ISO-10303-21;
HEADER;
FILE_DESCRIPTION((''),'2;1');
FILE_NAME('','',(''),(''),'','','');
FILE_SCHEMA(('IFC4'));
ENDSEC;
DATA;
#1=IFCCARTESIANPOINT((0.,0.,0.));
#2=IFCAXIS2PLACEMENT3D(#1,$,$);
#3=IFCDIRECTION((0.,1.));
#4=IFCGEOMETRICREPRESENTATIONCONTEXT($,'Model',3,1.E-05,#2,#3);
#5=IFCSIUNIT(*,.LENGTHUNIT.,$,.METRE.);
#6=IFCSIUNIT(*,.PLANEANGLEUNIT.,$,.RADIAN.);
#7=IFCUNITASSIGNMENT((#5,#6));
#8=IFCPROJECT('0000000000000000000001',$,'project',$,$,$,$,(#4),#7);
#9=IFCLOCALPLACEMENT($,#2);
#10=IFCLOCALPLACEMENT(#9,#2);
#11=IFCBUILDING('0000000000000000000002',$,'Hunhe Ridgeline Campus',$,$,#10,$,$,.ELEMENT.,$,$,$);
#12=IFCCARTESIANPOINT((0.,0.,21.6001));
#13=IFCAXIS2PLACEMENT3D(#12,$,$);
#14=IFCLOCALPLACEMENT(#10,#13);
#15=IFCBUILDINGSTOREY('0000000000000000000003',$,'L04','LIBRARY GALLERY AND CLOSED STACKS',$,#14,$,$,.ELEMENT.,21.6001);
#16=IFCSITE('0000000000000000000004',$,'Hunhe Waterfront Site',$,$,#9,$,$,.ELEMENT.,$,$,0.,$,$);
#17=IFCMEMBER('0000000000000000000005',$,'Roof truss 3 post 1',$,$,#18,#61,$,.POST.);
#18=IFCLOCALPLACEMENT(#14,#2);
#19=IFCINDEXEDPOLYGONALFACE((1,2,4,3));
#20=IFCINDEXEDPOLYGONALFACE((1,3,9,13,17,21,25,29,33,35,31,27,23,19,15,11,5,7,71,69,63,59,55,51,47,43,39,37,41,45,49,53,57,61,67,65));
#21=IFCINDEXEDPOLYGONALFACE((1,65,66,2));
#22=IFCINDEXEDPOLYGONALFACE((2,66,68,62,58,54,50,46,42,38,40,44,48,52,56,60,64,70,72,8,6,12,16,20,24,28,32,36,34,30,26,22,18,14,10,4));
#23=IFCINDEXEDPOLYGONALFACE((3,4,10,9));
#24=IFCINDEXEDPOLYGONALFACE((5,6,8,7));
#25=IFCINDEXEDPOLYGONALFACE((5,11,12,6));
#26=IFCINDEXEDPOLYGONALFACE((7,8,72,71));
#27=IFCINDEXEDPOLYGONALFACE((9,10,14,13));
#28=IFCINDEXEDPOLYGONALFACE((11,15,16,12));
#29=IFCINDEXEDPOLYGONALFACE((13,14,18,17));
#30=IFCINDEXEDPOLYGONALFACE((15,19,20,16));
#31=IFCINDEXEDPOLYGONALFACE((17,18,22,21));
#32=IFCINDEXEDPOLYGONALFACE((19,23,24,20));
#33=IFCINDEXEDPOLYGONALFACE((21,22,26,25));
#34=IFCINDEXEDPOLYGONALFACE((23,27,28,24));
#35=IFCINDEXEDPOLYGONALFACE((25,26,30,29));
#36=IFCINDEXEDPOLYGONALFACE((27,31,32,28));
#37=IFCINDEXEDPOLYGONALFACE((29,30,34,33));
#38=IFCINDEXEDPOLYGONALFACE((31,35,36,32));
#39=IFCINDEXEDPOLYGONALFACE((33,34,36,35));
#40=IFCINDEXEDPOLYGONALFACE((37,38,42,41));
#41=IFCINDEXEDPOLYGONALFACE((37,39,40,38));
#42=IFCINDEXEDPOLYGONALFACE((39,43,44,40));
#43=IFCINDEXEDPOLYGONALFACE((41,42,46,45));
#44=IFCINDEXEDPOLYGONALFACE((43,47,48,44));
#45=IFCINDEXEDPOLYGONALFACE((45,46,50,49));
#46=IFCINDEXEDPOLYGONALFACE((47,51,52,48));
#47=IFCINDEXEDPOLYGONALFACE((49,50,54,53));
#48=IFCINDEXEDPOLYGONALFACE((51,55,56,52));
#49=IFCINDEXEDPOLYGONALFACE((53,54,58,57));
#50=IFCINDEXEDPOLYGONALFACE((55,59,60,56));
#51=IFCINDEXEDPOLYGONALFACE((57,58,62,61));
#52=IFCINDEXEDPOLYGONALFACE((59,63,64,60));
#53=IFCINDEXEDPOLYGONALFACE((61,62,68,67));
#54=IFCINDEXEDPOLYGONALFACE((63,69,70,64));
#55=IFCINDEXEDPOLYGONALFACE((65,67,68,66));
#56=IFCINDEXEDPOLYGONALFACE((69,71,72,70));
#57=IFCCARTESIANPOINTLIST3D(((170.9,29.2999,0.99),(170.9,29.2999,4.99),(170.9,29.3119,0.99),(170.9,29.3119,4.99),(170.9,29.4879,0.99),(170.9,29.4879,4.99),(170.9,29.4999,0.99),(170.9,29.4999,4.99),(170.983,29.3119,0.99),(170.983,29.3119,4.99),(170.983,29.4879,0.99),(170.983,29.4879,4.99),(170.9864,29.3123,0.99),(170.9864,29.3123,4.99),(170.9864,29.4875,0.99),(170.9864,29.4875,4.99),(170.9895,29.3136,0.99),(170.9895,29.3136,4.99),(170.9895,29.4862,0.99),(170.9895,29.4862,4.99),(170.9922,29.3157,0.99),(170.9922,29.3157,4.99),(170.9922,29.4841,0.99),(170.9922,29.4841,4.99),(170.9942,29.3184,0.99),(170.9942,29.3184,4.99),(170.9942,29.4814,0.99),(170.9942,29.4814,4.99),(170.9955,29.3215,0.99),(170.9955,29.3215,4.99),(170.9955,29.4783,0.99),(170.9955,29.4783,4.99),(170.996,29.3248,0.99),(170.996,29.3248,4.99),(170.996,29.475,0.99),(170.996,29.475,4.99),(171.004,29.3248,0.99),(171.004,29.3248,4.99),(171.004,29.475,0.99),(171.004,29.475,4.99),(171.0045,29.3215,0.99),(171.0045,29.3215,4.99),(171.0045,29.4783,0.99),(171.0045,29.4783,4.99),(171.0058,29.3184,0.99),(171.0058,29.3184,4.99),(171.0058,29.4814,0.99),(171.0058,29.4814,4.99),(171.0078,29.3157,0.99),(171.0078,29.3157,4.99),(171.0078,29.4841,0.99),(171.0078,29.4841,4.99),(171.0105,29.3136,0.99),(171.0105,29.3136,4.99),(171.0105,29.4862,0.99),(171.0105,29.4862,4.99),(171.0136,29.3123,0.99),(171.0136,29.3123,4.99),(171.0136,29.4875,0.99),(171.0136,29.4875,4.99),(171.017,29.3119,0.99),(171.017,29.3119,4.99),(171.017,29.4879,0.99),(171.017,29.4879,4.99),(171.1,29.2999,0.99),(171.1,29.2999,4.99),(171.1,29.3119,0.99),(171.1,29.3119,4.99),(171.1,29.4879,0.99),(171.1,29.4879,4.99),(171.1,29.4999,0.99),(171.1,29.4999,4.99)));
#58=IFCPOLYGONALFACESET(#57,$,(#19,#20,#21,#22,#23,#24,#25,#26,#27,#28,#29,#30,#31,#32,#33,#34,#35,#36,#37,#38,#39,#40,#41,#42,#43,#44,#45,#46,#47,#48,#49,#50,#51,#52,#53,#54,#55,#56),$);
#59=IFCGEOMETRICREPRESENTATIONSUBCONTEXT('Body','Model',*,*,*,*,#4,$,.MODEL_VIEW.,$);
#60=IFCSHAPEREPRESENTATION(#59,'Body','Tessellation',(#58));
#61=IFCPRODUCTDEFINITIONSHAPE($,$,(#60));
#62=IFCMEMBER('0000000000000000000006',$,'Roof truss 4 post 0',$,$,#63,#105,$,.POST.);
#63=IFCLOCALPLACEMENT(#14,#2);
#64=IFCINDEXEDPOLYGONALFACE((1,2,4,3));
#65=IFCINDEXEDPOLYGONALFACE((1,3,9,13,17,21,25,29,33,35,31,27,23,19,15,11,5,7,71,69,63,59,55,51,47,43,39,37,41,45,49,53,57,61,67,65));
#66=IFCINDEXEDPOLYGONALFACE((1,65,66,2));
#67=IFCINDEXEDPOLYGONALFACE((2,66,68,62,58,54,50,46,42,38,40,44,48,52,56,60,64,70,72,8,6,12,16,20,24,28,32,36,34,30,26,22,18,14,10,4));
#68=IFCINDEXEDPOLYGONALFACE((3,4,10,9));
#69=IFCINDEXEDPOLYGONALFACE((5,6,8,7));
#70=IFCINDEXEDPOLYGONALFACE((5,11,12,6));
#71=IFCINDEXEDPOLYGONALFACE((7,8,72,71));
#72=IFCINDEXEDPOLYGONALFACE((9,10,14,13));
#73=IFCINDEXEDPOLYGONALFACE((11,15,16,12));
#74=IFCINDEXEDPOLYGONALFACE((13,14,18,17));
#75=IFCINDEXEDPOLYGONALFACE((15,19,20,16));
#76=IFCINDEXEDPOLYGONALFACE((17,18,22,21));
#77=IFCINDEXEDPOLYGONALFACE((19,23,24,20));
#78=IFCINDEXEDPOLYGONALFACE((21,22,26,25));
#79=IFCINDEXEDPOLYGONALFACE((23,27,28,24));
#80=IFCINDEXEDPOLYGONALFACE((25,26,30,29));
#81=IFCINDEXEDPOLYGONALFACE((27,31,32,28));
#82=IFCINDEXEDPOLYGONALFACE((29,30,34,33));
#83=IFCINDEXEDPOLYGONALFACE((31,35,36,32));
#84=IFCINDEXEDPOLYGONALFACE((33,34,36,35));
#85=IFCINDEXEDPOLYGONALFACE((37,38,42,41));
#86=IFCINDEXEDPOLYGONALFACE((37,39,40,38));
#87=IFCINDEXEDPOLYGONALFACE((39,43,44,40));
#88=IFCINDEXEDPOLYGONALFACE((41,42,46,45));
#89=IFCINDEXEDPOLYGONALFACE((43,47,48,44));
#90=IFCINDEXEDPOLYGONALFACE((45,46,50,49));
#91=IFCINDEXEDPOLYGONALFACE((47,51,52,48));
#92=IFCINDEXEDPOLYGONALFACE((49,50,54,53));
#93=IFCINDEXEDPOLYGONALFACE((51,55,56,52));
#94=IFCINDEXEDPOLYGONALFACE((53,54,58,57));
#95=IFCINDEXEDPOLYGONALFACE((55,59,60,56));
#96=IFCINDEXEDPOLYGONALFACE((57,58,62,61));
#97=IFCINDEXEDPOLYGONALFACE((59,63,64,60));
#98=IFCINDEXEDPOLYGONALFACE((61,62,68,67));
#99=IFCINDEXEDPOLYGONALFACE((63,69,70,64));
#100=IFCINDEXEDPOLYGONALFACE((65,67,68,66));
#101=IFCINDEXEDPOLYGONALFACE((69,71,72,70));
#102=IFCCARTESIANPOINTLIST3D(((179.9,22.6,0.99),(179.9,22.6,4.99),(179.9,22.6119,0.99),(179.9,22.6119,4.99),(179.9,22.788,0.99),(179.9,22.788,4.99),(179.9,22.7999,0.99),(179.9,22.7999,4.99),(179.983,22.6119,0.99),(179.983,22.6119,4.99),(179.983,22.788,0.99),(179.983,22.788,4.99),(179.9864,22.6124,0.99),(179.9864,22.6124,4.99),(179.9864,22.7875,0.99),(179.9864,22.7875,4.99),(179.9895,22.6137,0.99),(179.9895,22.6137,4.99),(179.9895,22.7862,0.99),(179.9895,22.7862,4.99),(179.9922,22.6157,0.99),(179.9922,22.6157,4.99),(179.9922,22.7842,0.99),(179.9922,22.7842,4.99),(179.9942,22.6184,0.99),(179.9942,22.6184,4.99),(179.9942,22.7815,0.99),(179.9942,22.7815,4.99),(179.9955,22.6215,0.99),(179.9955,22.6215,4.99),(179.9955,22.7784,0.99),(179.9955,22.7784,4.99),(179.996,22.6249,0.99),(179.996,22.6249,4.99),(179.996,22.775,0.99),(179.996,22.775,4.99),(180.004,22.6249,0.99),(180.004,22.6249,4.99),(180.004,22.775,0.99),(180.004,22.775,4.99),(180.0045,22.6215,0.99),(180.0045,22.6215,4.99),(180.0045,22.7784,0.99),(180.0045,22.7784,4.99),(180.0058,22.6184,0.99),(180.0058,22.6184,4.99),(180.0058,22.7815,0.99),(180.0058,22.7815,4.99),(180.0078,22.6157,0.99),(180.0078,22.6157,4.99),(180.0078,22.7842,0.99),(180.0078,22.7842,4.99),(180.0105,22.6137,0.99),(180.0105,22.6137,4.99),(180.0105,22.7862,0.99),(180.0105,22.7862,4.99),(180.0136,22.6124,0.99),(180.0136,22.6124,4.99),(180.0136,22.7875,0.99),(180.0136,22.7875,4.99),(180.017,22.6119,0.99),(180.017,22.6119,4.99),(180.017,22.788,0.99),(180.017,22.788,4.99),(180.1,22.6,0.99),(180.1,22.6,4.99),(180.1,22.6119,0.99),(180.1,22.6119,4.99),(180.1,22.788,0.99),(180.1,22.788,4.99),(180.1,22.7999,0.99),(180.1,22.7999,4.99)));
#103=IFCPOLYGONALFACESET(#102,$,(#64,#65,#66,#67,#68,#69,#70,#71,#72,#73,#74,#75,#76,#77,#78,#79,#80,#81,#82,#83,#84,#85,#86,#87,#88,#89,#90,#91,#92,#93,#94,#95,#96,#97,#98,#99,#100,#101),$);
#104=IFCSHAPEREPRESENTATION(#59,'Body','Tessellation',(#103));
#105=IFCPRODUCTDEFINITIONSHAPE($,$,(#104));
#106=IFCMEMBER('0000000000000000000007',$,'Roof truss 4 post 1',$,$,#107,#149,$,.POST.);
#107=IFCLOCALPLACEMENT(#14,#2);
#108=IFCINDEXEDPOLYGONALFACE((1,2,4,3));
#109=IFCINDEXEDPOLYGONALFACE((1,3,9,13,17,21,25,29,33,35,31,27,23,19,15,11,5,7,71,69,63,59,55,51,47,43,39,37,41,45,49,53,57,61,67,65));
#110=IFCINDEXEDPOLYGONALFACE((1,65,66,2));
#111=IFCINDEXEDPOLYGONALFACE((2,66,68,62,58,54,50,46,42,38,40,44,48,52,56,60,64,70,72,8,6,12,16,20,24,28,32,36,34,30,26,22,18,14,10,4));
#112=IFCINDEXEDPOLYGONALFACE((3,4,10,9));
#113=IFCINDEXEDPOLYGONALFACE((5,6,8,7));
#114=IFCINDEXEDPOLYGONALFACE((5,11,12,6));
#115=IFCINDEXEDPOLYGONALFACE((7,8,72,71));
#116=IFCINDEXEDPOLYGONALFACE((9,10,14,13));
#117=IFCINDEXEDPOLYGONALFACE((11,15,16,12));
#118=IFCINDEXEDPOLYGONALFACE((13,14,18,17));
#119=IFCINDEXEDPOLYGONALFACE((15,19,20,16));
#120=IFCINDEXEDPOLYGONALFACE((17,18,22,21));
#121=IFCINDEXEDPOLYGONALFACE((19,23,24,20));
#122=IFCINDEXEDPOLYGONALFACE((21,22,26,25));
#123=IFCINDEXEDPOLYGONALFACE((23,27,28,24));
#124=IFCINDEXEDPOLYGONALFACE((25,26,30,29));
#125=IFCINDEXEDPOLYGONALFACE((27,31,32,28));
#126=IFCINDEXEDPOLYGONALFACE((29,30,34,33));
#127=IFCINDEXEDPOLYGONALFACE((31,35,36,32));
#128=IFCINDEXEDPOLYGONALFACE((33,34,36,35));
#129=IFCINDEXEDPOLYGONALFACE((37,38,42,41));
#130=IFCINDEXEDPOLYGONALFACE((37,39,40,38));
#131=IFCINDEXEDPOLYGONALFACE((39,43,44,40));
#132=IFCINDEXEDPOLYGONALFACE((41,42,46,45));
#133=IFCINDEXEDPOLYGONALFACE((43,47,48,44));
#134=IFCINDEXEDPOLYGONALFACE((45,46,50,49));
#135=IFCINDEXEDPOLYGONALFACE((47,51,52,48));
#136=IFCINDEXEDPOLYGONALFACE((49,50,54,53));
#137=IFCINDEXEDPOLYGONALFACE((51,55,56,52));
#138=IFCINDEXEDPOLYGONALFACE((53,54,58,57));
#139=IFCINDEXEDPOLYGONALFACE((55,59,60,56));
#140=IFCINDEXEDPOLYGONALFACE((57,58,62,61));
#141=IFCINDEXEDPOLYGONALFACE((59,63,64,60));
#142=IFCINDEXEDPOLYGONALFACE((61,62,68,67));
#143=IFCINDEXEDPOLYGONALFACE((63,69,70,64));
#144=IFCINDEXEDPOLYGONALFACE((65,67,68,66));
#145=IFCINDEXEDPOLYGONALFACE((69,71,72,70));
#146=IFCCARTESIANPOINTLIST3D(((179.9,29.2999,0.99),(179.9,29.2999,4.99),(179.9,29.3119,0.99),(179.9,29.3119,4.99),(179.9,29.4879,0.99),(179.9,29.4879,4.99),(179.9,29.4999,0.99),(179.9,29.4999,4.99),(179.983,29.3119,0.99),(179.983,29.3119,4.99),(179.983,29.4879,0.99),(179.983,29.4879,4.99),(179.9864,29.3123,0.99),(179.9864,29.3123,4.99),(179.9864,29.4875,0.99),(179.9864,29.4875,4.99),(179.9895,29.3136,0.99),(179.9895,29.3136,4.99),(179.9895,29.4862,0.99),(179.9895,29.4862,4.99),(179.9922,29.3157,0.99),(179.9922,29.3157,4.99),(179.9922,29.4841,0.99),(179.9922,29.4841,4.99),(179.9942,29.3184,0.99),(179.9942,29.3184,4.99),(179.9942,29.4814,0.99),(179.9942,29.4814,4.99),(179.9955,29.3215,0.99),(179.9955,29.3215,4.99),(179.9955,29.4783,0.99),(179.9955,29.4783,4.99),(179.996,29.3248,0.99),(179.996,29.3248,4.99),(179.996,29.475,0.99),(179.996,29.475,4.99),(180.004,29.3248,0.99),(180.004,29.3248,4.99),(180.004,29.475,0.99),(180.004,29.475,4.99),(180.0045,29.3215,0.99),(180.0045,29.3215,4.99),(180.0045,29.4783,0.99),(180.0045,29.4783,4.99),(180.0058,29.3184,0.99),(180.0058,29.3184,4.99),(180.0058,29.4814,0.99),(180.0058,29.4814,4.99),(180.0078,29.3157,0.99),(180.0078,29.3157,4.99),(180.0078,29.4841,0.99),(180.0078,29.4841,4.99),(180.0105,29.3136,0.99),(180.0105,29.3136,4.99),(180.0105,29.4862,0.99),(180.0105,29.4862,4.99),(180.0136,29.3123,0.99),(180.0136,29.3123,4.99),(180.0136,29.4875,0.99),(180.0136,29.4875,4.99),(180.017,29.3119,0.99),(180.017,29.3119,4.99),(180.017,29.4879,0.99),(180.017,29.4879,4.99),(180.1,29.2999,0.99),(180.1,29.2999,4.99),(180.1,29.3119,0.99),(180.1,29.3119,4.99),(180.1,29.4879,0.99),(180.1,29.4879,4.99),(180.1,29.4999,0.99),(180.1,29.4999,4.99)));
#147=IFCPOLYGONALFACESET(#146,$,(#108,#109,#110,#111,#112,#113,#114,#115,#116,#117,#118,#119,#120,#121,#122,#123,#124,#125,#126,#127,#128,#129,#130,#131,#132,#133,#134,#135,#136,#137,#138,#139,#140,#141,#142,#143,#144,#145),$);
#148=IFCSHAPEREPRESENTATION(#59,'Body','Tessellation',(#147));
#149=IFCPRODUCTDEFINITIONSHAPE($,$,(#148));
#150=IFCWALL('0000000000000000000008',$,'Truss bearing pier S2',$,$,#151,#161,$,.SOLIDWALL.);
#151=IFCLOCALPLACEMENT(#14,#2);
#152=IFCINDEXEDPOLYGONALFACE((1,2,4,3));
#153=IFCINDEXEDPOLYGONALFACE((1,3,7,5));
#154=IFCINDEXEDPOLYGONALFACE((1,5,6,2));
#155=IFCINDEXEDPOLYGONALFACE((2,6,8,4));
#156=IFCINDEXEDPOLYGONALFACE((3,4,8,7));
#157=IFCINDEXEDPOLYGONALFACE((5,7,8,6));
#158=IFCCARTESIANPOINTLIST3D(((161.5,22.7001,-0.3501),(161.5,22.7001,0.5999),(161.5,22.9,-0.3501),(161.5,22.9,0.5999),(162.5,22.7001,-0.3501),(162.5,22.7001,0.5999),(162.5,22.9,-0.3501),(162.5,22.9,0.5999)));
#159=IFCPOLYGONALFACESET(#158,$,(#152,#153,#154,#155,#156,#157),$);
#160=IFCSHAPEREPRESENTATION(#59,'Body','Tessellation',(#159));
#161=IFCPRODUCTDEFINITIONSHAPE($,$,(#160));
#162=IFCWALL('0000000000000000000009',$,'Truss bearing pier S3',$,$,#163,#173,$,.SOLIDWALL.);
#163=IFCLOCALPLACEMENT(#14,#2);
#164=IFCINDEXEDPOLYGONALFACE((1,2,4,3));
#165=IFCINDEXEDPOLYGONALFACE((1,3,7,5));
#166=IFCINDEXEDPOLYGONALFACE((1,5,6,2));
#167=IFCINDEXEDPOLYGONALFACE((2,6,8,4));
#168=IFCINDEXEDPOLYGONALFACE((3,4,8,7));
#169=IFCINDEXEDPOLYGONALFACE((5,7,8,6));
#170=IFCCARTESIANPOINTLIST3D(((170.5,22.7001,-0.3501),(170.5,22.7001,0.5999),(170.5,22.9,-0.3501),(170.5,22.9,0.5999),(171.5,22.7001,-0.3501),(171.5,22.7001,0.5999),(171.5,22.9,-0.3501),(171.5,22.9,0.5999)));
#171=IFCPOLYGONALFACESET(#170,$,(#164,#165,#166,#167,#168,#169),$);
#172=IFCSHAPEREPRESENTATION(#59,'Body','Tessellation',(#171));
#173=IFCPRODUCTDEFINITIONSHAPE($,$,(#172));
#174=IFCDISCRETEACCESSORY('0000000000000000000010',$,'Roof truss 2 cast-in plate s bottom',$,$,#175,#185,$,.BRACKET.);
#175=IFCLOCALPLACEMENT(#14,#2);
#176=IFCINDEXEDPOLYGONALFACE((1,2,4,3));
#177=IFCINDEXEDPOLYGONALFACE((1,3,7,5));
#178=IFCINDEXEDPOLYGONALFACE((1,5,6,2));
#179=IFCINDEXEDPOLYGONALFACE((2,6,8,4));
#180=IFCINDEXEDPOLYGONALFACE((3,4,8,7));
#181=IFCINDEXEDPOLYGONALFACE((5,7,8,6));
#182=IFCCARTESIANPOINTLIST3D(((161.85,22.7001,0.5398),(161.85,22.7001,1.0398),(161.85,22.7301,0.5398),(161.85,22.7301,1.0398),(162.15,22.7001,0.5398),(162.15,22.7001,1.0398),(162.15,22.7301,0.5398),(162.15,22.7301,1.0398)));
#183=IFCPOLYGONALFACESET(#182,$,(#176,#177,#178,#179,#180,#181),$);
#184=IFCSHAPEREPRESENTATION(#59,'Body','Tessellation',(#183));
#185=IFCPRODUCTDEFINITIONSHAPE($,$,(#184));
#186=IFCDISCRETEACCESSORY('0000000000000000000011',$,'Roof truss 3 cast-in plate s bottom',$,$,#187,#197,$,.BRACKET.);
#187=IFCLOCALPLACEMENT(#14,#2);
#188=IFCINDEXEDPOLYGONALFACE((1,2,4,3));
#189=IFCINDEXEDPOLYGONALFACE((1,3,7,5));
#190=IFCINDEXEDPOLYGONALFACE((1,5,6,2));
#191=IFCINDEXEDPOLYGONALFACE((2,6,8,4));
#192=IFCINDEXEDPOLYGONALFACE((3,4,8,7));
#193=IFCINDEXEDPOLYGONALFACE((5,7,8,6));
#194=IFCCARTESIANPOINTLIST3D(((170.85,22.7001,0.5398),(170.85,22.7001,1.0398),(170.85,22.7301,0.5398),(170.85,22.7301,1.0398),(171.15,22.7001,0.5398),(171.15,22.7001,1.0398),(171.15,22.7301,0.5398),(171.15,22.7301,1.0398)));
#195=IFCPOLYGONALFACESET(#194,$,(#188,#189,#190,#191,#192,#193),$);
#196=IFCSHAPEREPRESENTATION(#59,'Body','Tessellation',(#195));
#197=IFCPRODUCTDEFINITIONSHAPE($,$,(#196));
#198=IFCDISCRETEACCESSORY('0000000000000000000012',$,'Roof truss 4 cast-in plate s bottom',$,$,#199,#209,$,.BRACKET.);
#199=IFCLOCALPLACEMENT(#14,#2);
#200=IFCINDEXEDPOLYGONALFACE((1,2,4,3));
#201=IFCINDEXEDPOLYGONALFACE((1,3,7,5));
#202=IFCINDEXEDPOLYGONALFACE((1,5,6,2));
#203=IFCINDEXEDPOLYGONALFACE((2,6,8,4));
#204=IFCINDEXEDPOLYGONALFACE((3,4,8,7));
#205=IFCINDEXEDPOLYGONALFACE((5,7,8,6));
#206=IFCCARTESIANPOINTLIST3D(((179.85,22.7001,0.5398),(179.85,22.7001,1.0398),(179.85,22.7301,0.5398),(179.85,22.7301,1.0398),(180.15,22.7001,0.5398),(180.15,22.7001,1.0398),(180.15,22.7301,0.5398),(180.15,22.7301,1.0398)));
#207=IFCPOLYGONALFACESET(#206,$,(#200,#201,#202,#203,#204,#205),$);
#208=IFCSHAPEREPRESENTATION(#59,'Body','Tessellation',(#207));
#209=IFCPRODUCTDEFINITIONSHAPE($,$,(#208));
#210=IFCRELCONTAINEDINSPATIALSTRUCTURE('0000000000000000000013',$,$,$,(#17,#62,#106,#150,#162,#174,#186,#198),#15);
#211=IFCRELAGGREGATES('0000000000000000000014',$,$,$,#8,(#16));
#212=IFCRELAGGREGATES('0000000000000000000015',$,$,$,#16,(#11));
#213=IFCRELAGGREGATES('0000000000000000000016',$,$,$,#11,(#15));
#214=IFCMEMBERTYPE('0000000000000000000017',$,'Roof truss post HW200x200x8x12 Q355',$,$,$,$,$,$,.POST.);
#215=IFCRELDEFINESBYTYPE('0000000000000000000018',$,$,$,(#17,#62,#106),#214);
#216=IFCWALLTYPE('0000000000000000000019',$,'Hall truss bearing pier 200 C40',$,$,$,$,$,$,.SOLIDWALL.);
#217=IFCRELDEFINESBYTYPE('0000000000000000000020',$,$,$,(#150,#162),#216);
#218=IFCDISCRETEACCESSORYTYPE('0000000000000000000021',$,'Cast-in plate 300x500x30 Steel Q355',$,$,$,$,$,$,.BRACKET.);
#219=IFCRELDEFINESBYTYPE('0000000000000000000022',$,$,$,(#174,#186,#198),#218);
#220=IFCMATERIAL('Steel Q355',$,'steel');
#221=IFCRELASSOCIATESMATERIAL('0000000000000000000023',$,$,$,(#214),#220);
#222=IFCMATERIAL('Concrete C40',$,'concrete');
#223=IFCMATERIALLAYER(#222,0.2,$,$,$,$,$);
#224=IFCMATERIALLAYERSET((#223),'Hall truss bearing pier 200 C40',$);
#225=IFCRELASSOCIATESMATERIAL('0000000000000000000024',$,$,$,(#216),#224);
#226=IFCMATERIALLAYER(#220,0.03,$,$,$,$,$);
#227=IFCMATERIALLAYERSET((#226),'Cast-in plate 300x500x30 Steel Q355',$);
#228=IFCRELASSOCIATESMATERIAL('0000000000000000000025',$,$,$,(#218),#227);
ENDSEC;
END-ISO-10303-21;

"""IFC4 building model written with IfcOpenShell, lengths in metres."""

from ifc_helpers import new_model, si_unit, direction, frame, frame_2d, origin, origin_2d, place, context, subcontext, project, spatial, rectangle, i_section, extrude, material, layer, layer_set, material_profile, profile_set, type_object, element, save


model = new_model("IFC4")

# Units and contexts
model_context = context("Model", 3, precision=1e-05, world=origin(), true_north=direction((0.0, 1.0)))
body_context = subcontext(model_context, "Body", "Model", "MODEL_VIEW")
ifc_project = project(units=[si_unit("LENGTHUNIT", "METRE"), si_unit("PLANEANGLEUNIT", "RADIAN")], contexts=[model_context])

# Site, building, storey
site_placement = place(None, origin())
site = spatial("IfcSite", under=ifc_project, at=site_placement, Name="Hunhe Waterfront Site", CompositionType="ELEMENT", RefElevation=0.0)
building_placement = place(site_placement, origin())
building = spatial("IfcBuilding", under=site, at=building_placement, Name="Hunhe Ridgeline Campus", CompositionType="ELEMENT")
storey_placement = place(building_placement, frame((0.0, 0.0, 21.6001)))
storey = spatial("IfcBuildingStorey", under=building, at=storey_placement, Name="L04", Description="LIBRARY GALLERY AND CLOSED STACKS", CompositionType="ELEMENT", Elevation=21.6001)

# Members
ifc_material_1 = material(Name="Steel Q355", Category="steel")
ifc_material_profile_1 = material_profile(ifc_material_1, i_section(OverallWidth=0.2, OverallDepth=0.2, WebThickness=0.0081, FlangeThickness=0.012, FilletRadius=0.0129, at=origin_2d()))
ifc_profile_set_1 = profile_set([ifc_material_profile_1], Name="Steel Q355")
member_type_1 = type_object("IfcMemberType", Name="Roof truss post HW200x200x8x12 Q355", PredefinedType="POST", material=ifc_profile_set_1)
for number, where, z_axis, x_axis, name in (
    (1, (171.0, 29.3999, 0.99), (0.0, 0.0, 1.0), (1.0, 0.0, 0.0), "Roof truss 3 post 1"),
    (2, (180.0, 22.7, 0.99), (0.0, 0.0, 1.0), (1.0, 0.0, 0.0), "Roof truss 4 post 0"),
    (3, (180.0, 29.3999, 0.99), (0.0, 0.0, 1.0), (1.0, 0.0, 0.0), "Roof truss 4 post 1"),
):
    element("IfcMember", number, at=place(storey_placement, frame(where, z_axis=z_axis, x_axis=x_axis)), inside=storey, type_object=member_type_1, Name=name, PredefinedType="POST", context=body_context, shape_type="SweptSolid", body=[
        extrude(i_section(OverallWidth=0.2, OverallDepth=0.2, WebThickness=0.0081, FlangeThickness=0.012, FilletRadius=0.0129, at=origin_2d()), origin(), (0.0, 0.0, 1.0), 4.0),
    ])

# Walls
ifc_material_2 = material(Name="Concrete C40", Category="concrete")
ifc_layer_1 = layer(ifc_material_2, 0.2)
ifc_layer_set_1 = layer_set([ifc_layer_1], Name="Hall truss bearing pier 200 C40")
wall_type = type_object("IfcWallType", Name="Hall truss bearing pier 200 C40", PredefinedType="SOLIDWALL", material=ifc_layer_set_1)
for number, where, z_axis, x_axis, name in (
    (4, (162.5, 22.8, -0.3501), (0.0, 0.0, 1.0), (-1.0, 0.0, 0.0), "Truss bearing pier S2"),
    (5, (171.5, 22.8, -0.3501), (0.0, 0.0, 1.0), (-1.0, 0.0, 0.0), "Truss bearing pier S3"),
):
    element("IfcWall", number, at=place(storey_placement, frame(where, z_axis=z_axis, x_axis=x_axis)), inside=storey, type_object=wall_type, Name=name, PredefinedType="SOLIDWALL", context=body_context, shape_type="SweptSolid", body=[
        extrude(rectangle(XDim=1.0, YDim=0.2, at=frame_2d((0.5, 0.0))), origin(), (0.0, 0.0, 1.0), 0.95),
    ])

# Discrete accessories
ifc_layer_2 = layer(ifc_material_1, 0.03)
ifc_layer_set_2 = layer_set([ifc_layer_2], Name="Cast-in plate 300x500x30 Steel Q355")
discrete_accessory_type = type_object("IfcDiscreteAccessoryType", Name="Cast-in plate 300x500x30 Steel Q355", PredefinedType="BRACKET", material=ifc_layer_set_2)
for number, where, z_axis, x_axis, name in (
    (6, (162.0, 22.7151, 0.5398), (0.0, 0.0, 1.0), (0.0, 1.0, 0.0), "Roof truss 2 cast-in plate s bottom"),
    (7, (171.0, 22.7151, 0.5398), (0.0, 0.0, 1.0), (0.0, 1.0, 0.0), "Roof truss 3 cast-in plate s bottom"),
    (8, (180.0, 22.7151, 0.5398), (0.0, 0.0, 1.0), (0.0, 1.0, 0.0), "Roof truss 4 cast-in plate s bottom"),
):
    element("IfcDiscreteAccessory", number, at=place(storey_placement, frame(where, z_axis=z_axis, x_axis=x_axis)), inside=storey, type_object=discrete_accessory_type, Name=name, PredefinedType="BRACKET", context=body_context, shape_type="SweptSolid", body=[
        extrude(rectangle(XDim=0.03, YDim=0.3, at=origin_2d()), origin(), (0.0, 0.0, 1.0), 0.5),
    ])

save(model, "model.ifc")
